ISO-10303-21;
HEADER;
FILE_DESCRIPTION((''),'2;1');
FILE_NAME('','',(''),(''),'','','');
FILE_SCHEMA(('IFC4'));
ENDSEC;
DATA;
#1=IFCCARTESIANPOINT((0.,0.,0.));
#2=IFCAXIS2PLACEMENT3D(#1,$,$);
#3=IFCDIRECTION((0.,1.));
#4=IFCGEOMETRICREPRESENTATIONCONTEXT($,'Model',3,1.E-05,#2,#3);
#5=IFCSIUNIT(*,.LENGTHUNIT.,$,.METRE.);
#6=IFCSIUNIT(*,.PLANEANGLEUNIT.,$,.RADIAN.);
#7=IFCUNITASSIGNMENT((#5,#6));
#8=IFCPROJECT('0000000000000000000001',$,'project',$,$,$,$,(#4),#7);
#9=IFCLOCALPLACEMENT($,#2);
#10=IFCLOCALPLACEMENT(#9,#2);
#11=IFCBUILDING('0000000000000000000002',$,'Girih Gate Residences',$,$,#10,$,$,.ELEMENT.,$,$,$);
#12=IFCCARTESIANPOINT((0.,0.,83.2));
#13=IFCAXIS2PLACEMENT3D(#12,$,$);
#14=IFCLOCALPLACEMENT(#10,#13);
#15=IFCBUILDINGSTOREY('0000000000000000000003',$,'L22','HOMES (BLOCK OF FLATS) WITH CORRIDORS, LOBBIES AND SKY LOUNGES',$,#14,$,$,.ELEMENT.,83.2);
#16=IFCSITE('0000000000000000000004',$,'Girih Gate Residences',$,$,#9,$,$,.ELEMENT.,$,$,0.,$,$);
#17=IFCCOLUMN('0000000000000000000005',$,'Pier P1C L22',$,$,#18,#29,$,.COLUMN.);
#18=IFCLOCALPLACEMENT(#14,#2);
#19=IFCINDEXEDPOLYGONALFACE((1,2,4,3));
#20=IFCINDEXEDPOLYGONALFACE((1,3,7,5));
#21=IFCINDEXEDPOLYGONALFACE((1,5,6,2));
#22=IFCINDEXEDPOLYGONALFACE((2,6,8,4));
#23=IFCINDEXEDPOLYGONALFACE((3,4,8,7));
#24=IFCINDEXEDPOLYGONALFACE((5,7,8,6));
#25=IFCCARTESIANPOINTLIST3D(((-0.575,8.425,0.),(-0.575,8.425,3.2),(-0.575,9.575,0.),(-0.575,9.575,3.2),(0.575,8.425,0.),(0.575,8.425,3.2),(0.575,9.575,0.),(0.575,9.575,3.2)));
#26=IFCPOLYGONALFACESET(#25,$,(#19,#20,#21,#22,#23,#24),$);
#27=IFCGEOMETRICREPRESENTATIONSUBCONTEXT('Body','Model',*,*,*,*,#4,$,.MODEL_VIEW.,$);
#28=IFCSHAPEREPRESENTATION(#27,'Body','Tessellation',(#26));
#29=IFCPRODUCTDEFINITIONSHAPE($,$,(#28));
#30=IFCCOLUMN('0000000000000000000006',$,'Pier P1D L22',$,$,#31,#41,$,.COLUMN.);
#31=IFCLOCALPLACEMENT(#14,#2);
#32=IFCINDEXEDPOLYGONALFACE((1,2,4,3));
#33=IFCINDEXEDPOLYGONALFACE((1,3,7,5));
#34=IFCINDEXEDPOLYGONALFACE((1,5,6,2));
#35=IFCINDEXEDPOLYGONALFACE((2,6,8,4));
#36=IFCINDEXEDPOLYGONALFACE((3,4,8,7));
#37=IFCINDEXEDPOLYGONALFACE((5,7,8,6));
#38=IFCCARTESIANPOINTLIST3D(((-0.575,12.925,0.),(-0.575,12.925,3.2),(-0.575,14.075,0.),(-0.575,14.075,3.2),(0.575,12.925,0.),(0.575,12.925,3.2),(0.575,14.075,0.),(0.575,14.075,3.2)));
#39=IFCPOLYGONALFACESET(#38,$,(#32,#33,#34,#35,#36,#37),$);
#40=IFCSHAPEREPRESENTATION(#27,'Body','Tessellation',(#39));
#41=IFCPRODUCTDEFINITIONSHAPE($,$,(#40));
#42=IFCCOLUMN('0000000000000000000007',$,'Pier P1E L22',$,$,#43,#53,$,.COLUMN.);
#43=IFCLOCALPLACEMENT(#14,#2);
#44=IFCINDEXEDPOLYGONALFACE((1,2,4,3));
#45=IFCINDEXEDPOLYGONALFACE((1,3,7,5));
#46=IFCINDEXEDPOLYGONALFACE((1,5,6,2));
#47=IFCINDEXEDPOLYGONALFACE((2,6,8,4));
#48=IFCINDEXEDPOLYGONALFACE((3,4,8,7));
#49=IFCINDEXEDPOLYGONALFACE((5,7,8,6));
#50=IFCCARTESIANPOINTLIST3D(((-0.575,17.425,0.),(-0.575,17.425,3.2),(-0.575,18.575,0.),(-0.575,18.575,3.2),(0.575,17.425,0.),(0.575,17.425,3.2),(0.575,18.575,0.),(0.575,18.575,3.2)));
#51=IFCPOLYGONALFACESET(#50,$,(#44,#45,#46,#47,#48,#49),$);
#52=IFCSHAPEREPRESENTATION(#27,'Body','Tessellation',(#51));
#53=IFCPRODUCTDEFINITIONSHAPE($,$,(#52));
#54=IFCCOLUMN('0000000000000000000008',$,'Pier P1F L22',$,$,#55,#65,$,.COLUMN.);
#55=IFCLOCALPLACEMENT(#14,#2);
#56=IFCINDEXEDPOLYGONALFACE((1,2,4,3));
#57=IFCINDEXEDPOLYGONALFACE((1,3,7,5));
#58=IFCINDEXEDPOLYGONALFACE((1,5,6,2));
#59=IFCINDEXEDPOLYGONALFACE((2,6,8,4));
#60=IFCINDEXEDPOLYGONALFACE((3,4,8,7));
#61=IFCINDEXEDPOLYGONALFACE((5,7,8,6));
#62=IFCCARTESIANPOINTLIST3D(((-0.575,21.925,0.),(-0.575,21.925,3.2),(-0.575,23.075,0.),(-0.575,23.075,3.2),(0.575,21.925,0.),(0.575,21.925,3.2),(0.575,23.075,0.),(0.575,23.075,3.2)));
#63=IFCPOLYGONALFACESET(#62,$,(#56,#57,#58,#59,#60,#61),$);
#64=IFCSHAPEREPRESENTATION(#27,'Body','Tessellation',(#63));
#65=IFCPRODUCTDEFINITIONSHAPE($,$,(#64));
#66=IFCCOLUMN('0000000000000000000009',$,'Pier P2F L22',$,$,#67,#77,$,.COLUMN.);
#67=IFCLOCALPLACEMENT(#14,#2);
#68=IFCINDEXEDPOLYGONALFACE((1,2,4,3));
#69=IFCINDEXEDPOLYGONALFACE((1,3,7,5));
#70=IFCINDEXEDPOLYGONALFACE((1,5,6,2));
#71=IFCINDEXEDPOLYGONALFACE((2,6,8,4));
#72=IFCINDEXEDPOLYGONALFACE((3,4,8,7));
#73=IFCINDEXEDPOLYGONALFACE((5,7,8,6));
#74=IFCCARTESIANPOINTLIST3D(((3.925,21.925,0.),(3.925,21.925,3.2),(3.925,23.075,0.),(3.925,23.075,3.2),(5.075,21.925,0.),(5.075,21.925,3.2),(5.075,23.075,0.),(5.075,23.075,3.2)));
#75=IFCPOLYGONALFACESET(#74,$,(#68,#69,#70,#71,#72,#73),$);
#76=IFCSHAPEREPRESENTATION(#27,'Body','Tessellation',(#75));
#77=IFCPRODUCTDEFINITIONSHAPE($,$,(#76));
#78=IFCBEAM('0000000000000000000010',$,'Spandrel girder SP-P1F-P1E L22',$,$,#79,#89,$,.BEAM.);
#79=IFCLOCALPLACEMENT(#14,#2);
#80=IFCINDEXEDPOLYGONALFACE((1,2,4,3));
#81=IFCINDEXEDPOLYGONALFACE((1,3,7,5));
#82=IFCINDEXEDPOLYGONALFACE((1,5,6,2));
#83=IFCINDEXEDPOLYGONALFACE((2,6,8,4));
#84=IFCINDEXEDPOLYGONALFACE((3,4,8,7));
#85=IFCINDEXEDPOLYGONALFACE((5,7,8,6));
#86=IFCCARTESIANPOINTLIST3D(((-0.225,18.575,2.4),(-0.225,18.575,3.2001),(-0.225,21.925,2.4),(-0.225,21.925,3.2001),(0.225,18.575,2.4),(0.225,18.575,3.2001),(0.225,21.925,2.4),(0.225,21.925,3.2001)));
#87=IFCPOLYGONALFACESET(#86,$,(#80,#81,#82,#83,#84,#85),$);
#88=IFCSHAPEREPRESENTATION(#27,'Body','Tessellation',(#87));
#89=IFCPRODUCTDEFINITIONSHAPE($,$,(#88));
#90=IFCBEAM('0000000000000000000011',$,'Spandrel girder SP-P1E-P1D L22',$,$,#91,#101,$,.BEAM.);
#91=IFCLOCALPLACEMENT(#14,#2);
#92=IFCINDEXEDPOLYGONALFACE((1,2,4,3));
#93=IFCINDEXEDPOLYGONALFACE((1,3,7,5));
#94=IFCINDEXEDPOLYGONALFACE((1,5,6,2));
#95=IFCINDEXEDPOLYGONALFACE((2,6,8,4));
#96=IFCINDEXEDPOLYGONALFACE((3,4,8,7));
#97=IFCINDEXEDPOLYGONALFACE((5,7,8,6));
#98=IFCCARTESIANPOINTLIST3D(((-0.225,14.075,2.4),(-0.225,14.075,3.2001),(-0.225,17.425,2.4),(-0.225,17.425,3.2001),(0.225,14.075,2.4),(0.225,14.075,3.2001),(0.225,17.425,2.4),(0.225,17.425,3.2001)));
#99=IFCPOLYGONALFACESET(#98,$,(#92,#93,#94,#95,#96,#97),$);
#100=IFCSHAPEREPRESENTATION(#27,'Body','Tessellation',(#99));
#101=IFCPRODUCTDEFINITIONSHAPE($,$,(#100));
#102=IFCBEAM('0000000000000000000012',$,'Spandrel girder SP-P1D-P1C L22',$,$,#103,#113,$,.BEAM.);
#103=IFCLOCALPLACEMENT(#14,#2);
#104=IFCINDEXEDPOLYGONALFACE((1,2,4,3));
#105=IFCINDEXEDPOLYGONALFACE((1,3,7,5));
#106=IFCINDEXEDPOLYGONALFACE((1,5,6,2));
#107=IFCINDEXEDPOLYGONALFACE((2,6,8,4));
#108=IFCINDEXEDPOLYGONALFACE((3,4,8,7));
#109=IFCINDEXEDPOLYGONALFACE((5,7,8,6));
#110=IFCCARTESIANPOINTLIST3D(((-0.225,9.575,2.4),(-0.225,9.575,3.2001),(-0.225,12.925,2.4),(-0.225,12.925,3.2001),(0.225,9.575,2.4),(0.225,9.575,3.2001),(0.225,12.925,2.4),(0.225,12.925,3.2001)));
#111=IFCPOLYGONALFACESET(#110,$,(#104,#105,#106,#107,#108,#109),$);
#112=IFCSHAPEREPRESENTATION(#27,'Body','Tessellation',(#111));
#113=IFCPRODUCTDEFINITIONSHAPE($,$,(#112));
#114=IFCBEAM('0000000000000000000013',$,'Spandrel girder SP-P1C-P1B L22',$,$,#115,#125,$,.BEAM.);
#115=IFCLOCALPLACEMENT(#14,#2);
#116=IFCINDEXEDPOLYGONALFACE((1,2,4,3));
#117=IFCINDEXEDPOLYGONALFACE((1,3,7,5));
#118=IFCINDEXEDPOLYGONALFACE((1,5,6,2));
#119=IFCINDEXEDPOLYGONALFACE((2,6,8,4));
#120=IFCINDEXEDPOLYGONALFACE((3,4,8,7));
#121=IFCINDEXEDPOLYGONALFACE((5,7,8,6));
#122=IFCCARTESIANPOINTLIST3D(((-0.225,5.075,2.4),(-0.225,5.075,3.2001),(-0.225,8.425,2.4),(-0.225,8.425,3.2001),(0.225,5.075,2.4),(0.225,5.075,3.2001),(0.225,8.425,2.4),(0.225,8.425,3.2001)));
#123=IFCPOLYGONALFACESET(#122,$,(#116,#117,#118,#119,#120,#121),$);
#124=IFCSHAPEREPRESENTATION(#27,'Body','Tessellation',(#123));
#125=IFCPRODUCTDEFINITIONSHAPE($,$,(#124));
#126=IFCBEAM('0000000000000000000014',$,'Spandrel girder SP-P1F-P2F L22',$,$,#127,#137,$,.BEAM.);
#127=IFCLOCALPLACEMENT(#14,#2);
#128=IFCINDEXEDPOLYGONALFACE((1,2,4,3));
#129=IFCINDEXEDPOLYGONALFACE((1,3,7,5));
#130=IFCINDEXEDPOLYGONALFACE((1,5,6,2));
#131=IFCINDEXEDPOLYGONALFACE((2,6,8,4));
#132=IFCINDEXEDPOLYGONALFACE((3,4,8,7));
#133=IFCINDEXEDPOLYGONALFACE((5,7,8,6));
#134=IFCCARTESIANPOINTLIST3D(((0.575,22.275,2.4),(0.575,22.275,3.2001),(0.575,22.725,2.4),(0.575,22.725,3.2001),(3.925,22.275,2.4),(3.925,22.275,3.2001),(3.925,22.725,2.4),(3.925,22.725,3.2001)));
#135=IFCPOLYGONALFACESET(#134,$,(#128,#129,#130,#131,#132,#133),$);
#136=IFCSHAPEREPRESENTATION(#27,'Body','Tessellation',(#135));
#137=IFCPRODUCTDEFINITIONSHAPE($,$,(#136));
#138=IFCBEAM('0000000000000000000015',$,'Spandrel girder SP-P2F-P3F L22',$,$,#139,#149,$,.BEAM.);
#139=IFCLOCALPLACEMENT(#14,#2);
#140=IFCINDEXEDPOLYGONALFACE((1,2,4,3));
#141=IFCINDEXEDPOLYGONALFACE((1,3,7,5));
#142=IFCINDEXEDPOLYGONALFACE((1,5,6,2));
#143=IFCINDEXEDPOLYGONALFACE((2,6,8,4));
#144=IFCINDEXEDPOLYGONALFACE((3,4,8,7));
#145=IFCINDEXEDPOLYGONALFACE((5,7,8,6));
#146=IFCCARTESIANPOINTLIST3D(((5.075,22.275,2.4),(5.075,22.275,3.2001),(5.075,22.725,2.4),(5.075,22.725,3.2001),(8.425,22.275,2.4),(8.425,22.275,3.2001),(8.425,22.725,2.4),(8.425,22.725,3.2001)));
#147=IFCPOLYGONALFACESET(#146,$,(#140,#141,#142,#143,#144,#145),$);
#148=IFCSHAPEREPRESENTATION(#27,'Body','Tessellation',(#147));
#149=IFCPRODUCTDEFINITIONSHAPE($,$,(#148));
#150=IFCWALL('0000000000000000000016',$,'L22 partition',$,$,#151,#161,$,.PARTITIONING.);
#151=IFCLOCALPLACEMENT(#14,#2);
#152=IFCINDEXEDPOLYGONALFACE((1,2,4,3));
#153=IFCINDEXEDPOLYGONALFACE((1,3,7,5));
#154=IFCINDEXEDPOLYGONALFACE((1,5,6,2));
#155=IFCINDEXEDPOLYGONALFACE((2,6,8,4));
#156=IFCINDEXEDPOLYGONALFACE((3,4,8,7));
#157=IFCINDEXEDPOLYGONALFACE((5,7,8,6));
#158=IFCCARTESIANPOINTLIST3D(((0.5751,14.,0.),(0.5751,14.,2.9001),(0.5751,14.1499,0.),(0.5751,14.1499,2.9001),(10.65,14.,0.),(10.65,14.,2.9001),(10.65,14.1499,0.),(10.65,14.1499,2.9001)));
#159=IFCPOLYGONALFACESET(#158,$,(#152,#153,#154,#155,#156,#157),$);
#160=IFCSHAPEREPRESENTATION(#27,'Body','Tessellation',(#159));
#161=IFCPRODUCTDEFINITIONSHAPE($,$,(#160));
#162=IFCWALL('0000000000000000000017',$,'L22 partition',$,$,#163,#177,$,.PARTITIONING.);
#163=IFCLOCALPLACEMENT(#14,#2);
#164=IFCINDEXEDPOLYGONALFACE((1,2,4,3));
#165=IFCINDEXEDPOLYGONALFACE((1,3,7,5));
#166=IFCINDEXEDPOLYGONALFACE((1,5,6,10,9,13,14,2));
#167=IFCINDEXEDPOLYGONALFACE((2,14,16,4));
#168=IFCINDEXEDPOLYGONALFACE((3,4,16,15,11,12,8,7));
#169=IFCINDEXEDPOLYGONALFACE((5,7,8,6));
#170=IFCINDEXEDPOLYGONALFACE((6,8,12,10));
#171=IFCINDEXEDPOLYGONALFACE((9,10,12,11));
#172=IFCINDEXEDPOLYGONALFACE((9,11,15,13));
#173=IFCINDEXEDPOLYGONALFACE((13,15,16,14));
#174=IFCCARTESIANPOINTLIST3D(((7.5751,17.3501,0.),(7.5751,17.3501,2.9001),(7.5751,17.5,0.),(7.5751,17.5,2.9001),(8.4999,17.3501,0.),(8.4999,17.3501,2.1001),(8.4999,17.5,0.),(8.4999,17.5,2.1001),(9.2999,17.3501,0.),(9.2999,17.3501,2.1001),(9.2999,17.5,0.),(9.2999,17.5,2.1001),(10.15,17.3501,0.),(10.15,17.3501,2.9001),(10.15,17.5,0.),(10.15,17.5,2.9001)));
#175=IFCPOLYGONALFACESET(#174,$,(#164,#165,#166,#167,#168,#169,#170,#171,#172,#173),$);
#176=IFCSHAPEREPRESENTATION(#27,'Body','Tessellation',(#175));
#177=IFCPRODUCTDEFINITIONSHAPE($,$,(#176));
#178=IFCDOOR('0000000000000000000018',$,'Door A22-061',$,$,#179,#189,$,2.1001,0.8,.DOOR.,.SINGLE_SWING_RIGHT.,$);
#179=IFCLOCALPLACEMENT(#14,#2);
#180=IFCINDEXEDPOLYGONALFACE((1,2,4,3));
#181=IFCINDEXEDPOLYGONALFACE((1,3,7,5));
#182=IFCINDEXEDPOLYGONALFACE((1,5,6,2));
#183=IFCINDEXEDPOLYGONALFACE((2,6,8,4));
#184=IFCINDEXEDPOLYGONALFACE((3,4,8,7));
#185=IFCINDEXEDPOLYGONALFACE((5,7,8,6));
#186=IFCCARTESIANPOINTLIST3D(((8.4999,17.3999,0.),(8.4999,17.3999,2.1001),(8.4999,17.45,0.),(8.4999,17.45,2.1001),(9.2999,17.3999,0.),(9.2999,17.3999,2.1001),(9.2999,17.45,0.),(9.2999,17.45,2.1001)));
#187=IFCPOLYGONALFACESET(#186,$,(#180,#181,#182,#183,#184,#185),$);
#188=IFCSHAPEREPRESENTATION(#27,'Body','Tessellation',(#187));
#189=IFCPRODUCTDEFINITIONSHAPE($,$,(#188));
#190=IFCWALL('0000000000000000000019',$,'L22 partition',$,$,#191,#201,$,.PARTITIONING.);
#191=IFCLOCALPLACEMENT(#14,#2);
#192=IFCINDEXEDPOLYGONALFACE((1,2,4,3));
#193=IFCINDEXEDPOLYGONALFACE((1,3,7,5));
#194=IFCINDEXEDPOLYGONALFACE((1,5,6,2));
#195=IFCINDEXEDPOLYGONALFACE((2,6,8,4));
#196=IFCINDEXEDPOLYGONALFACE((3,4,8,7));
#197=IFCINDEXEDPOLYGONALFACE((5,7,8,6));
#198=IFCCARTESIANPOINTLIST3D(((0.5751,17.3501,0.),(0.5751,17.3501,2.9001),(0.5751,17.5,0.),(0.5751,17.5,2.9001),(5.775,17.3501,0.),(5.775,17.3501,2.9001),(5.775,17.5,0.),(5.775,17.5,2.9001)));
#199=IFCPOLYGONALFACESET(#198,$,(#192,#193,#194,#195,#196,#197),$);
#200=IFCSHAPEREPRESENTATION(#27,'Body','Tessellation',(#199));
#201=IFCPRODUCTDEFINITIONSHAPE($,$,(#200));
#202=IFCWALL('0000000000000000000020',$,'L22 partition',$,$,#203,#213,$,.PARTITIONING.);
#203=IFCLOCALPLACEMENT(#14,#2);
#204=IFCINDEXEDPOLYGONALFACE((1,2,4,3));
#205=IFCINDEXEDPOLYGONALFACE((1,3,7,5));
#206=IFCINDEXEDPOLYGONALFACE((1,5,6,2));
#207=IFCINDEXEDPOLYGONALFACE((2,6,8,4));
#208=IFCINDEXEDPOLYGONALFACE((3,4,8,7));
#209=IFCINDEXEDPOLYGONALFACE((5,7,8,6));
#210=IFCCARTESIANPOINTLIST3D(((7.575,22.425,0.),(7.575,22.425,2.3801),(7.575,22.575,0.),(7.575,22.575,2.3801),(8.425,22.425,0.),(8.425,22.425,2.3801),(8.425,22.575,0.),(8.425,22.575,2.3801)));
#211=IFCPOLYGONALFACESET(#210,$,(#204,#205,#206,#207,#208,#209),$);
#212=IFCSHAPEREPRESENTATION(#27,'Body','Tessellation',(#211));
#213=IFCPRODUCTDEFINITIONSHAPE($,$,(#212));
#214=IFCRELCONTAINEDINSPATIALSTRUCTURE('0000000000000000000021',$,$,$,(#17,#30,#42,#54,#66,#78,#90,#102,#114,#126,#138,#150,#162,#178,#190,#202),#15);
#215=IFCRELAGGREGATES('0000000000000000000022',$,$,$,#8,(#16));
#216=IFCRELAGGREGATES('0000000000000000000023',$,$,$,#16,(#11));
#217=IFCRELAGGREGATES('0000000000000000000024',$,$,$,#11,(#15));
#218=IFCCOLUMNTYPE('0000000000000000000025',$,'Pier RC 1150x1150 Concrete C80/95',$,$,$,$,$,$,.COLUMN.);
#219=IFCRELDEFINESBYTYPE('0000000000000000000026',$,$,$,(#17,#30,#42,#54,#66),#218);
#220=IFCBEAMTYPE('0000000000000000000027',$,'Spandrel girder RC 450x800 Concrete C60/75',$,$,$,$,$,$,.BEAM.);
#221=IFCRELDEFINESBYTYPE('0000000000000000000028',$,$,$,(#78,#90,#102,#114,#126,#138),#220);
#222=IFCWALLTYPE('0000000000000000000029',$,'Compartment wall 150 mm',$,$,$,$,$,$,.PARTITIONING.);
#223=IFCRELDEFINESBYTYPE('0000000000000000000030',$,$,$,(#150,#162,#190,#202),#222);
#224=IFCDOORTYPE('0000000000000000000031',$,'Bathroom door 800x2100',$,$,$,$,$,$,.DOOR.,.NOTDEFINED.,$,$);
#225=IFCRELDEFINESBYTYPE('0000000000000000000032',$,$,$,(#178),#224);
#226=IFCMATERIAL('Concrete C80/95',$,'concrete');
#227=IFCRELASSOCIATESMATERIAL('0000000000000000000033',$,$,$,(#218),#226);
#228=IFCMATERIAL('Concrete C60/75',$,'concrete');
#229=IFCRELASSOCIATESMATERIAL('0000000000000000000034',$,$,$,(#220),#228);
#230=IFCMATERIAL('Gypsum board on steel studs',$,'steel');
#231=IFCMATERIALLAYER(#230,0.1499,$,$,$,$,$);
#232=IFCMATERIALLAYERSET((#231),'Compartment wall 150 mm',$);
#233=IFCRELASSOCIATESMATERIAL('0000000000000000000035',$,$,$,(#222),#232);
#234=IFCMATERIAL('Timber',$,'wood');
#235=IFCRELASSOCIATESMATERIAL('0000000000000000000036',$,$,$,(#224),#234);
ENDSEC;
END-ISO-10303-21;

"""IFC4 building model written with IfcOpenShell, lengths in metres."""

from ifc_helpers import new_model, si_unit, direction, frame, frame_2d, origin, origin_2d, place, context, subcontext, project, spatial, rectangle, extrude, material, layer, layer_set, material_profile, profile_set, type_object, element, fill, save


model = new_model("IFC4")

# Units and contexts
model_context = context("Model", 3, precision=1e-05, world=origin(), true_north=direction((0.0, 1.0)))
body_context = subcontext(model_context, "Body", "Model", "MODEL_VIEW")
ifc_project = project(units=[si_unit("LENGTHUNIT", "METRE"), si_unit("PLANEANGLEUNIT", "RADIAN")], contexts=[model_context])

# Site, building, storey
site_placement = place(None, origin())
site = spatial("IfcSite", under=ifc_project, at=site_placement, Name="Girih Gate Residences", CompositionType="ELEMENT", RefElevation=0.0)
building_placement = place(site_placement, origin())
building = spatial("IfcBuilding", under=site, at=building_placement, Name="Girih Gate Residences", CompositionType="ELEMENT")
storey_placement = place(building_placement, frame((0.0, 0.0, 83.2)))
storey = spatial("IfcBuildingStorey", under=building, at=storey_placement, Name="L22", Description="HOMES (BLOCK OF FLATS) WITH CORRIDORS, LOBBIES AND SKY LOUNGES", CompositionType="ELEMENT", Elevation=83.2)

# Columns
ifc_material_1 = material(Name="Concrete C80/95", Category="concrete")
ifc_material_profile_1 = material_profile(ifc_material_1, rectangle(XDim=1.1499, YDim=1.1499, at=origin_2d()))
ifc_profile_set_1 = profile_set([ifc_material_profile_1], Name="Concrete C80/95")
column_type = type_object("IfcColumnType", Name="Pier RC 1150x1150 Concrete C80/95", PredefinedType="COLUMN", material=ifc_profile_set_1)
for number, where, z_axis, x_axis, name in (
    (1, (0.0, 9.0, 0.0), (0.0, 0.0, 1.0), (1.0, 0.0, 0.0), "Pier P1C L22"),
    (2, (0.0, 13.5, 0.0), (0.0, 0.0, 1.0), (1.0, 0.0, 0.0), "Pier P1D L22"),
    (3, (0.0, 18.0, 0.0), (0.0, 0.0, 1.0), (1.0, 0.0, 0.0), "Pier P1E L22"),
    (4, (0.0, 22.5, 0.0), (0.0, 0.0, 1.0), (1.0, 0.0, 0.0), "Pier P1F L22"),
    (5, (4.5, 22.5, 0.0), (0.0, 0.0, 1.0), (1.0, 0.0, 0.0), "Pier P2F L22"),
):
    element("IfcColumn", number, at=place(storey_placement, frame(where, z_axis=z_axis, x_axis=x_axis)), inside=storey, type_object=column_type, Name=name, PredefinedType="COLUMN", context=body_context, shape_type="SweptSolid", body=[
        extrude(rectangle(XDim=1.1499, YDim=1.1499, at=origin_2d()), origin(), (0.0, 0.0, 1.0), 3.2),
    ])

# Beams
ifc_material_2 = material(Name="Concrete C60/75", Category="concrete")
ifc_material_profile_2 = material_profile(ifc_material_2, rectangle(XDim=0.45, YDim=0.8, at=origin_2d()))
ifc_profile_set_2 = profile_set([ifc_material_profile_2], Name="Concrete C60/75")
beam_type = type_object("IfcBeamType", Name="Spandrel girder RC 450x800 Concrete C60/75", PredefinedType="BEAM", material=ifc_profile_set_2)
for number, where, z_axis, x_axis, name in (
    (6, (0.0, 21.925, 2.8), (0.0, -1.0, 0.0), (1.0, 0.0, 0.0), "Spandrel girder SP-P1F-P1E L22"),
    (7, (0.0, 17.425, 2.8), (0.0, -1.0, 0.0), (1.0, 0.0, 0.0), "Spandrel girder SP-P1E-P1D L22"),
    (8, (0.0, 12.925, 2.8), (0.0, -1.0, 0.0), (1.0, 0.0, 0.0), "Spandrel girder SP-P1D-P1C L22"),
    (9, (0.0, 8.425, 2.8), (0.0, -1.0, 0.0), (1.0, 0.0, 0.0), "Spandrel girder SP-P1C-P1B L22"),
    (10, (0.575, 22.5, 2.8), (1.0, 0.0, 0.0), (0.0, 1.0, 0.0), "Spandrel girder SP-P1F-P2F L22"),
    (11, (5.075, 22.5, 2.8), (1.0, 0.0, 0.0), (0.0, 1.0, 0.0), "Spandrel girder SP-P2F-P3F L22"),
):
    element("IfcBeam", number, at=place(storey_placement, frame(where, z_axis=z_axis, x_axis=x_axis)), inside=storey, type_object=beam_type, Name=name, PredefinedType="BEAM", context=body_context, shape_type="SweptSolid", body=[
        extrude(rectangle(XDim=0.45, YDim=0.8, at=origin_2d()), origin(), (0.0, 0.0, 1.0), 3.3501),
    ])

# Wall
ifc_material_3 = material(Name="Gypsum board on steel studs", Category="steel")
ifc_layer_1 = layer(ifc_material_3, 0.1499)
ifc_layer_set_1 = layer_set([ifc_layer_1], Name="Compartment wall 150 mm")
wall_type_1 = type_object("IfcWallType", Name="Compartment wall 150 mm", PredefinedType="PARTITIONING", material=ifc_layer_set_1)
wall_1_placement = place(storey_placement, frame((0.575, 14.075, 0.0), z_axis=(0.0, 0.0, 1.0), x_axis=(1.0, 0.0, 0.0)))
element("IfcWall", 12, at=wall_1_placement, inside=storey, type_object=wall_type_1, Name="L22 partition", PredefinedType="PARTITIONING", context=body_context, shape_type="SweptSolid", body=[
    extrude(rectangle(XDim=10.075, YDim=0.1499, at=frame_2d((5.0376, 0.0))), origin(), (0.0, 0.0, 1.0), 2.9001),
])

# Wall, opening, door
wall_2_placement = place(storey_placement, frame((7.575, 17.425, 0.0), z_axis=(0.0, 0.0, 1.0), x_axis=(1.0, 0.0, 0.0)))
wall_2 = element("IfcWall", 13, at=wall_2_placement, inside=storey, type_object=wall_type_1, Name="L22 partition", PredefinedType="PARTITIONING", context=body_context, shape_type="SweptSolid", body=[
    extrude(rectangle(XDim=2.575, YDim=0.1499, at=frame_2d((1.2876, 0.0))), origin(), (0.0, 0.0, 1.0), 2.9001),
])
opening_1_placement = place(wall_2_placement, frame((0.925, 0.0, 0.0)))
opening_1 = element("IfcOpeningElement", 14, at=opening_1_placement, cuts=wall_2, PredefinedType="OPENING", context=body_context, shape_type="SweptSolid", body=[
    extrude(rectangle(XDim=0.8, YDim=2.1001, at=frame_2d((0.3999, 1.05))), frame((0.0, 0.085, 0.0), z_axis=(0.0, -1.0, 0.0), x_axis=(1.0, 0.0, 0.0)), (0.0, 0.0, 1.0), 0.1699),
])
ifc_material_4 = material(Name="Timber", Category="wood")
door_type_1 = type_object("IfcDoorType", Name="Bathroom door 800x2100", OperationType="NOTDEFINED", PredefinedType="DOOR", material=ifc_material_4)
door_1_placement = place(opening_1_placement, origin())
door_1 = element("IfcDoor", 15, at=door_1_placement, inside=storey, type_object=door_type_1, Name="Door A22-061", OperationType="SINGLE_SWING_RIGHT", OverallHeight=2.1001, OverallWidth=0.8, PredefinedType="DOOR", context=body_context, shape_type="SweptSolid", body=[
    extrude(rectangle(XDim=0.8, YDim=2.1001, at=frame_2d((0.3999, 1.05))), frame((0.0, 0.0249, 0.0), z_axis=(0.0, -1.0, 0.0), x_axis=(1.0, 0.0, 0.0)), (0.0, 0.0, 1.0), 0.05),
])
fill(opening_1, door_1)

# Walls
wall_3_placement = place(storey_placement, frame((0.575, 17.425, 0.0), z_axis=(0.0, 0.0, 1.0), x_axis=(1.0, 0.0, 0.0)))
element("IfcWall", 16, at=wall_3_placement, inside=storey, type_object=wall_type_1, Name="L22 partition", PredefinedType="PARTITIONING", context=body_context, shape_type="SweptSolid", body=[
    extrude(rectangle(XDim=5.2, YDim=0.1499, at=frame_2d((2.6001, 0.0))), origin(), (0.0, 0.0, 1.0), 2.9001),
])
wall_4_placement = place(storey_placement, frame((7.575, 22.5, 0.0), z_axis=(0.0, 0.0, 1.0), x_axis=(1.0, 0.0, 0.0)))
element("IfcWall", 17, at=wall_4_placement, inside=storey, type_object=wall_type_1, Name="L22 partition", PredefinedType="PARTITIONING", context=body_context, shape_type="SweptSolid", body=[
    extrude(rectangle(XDim=0.8501, YDim=0.1499, at=frame_2d((0.425, 0.0))), origin(), (0.0, 0.0, 1.0), 2.3801),
])

save(model, "model.ifc")
